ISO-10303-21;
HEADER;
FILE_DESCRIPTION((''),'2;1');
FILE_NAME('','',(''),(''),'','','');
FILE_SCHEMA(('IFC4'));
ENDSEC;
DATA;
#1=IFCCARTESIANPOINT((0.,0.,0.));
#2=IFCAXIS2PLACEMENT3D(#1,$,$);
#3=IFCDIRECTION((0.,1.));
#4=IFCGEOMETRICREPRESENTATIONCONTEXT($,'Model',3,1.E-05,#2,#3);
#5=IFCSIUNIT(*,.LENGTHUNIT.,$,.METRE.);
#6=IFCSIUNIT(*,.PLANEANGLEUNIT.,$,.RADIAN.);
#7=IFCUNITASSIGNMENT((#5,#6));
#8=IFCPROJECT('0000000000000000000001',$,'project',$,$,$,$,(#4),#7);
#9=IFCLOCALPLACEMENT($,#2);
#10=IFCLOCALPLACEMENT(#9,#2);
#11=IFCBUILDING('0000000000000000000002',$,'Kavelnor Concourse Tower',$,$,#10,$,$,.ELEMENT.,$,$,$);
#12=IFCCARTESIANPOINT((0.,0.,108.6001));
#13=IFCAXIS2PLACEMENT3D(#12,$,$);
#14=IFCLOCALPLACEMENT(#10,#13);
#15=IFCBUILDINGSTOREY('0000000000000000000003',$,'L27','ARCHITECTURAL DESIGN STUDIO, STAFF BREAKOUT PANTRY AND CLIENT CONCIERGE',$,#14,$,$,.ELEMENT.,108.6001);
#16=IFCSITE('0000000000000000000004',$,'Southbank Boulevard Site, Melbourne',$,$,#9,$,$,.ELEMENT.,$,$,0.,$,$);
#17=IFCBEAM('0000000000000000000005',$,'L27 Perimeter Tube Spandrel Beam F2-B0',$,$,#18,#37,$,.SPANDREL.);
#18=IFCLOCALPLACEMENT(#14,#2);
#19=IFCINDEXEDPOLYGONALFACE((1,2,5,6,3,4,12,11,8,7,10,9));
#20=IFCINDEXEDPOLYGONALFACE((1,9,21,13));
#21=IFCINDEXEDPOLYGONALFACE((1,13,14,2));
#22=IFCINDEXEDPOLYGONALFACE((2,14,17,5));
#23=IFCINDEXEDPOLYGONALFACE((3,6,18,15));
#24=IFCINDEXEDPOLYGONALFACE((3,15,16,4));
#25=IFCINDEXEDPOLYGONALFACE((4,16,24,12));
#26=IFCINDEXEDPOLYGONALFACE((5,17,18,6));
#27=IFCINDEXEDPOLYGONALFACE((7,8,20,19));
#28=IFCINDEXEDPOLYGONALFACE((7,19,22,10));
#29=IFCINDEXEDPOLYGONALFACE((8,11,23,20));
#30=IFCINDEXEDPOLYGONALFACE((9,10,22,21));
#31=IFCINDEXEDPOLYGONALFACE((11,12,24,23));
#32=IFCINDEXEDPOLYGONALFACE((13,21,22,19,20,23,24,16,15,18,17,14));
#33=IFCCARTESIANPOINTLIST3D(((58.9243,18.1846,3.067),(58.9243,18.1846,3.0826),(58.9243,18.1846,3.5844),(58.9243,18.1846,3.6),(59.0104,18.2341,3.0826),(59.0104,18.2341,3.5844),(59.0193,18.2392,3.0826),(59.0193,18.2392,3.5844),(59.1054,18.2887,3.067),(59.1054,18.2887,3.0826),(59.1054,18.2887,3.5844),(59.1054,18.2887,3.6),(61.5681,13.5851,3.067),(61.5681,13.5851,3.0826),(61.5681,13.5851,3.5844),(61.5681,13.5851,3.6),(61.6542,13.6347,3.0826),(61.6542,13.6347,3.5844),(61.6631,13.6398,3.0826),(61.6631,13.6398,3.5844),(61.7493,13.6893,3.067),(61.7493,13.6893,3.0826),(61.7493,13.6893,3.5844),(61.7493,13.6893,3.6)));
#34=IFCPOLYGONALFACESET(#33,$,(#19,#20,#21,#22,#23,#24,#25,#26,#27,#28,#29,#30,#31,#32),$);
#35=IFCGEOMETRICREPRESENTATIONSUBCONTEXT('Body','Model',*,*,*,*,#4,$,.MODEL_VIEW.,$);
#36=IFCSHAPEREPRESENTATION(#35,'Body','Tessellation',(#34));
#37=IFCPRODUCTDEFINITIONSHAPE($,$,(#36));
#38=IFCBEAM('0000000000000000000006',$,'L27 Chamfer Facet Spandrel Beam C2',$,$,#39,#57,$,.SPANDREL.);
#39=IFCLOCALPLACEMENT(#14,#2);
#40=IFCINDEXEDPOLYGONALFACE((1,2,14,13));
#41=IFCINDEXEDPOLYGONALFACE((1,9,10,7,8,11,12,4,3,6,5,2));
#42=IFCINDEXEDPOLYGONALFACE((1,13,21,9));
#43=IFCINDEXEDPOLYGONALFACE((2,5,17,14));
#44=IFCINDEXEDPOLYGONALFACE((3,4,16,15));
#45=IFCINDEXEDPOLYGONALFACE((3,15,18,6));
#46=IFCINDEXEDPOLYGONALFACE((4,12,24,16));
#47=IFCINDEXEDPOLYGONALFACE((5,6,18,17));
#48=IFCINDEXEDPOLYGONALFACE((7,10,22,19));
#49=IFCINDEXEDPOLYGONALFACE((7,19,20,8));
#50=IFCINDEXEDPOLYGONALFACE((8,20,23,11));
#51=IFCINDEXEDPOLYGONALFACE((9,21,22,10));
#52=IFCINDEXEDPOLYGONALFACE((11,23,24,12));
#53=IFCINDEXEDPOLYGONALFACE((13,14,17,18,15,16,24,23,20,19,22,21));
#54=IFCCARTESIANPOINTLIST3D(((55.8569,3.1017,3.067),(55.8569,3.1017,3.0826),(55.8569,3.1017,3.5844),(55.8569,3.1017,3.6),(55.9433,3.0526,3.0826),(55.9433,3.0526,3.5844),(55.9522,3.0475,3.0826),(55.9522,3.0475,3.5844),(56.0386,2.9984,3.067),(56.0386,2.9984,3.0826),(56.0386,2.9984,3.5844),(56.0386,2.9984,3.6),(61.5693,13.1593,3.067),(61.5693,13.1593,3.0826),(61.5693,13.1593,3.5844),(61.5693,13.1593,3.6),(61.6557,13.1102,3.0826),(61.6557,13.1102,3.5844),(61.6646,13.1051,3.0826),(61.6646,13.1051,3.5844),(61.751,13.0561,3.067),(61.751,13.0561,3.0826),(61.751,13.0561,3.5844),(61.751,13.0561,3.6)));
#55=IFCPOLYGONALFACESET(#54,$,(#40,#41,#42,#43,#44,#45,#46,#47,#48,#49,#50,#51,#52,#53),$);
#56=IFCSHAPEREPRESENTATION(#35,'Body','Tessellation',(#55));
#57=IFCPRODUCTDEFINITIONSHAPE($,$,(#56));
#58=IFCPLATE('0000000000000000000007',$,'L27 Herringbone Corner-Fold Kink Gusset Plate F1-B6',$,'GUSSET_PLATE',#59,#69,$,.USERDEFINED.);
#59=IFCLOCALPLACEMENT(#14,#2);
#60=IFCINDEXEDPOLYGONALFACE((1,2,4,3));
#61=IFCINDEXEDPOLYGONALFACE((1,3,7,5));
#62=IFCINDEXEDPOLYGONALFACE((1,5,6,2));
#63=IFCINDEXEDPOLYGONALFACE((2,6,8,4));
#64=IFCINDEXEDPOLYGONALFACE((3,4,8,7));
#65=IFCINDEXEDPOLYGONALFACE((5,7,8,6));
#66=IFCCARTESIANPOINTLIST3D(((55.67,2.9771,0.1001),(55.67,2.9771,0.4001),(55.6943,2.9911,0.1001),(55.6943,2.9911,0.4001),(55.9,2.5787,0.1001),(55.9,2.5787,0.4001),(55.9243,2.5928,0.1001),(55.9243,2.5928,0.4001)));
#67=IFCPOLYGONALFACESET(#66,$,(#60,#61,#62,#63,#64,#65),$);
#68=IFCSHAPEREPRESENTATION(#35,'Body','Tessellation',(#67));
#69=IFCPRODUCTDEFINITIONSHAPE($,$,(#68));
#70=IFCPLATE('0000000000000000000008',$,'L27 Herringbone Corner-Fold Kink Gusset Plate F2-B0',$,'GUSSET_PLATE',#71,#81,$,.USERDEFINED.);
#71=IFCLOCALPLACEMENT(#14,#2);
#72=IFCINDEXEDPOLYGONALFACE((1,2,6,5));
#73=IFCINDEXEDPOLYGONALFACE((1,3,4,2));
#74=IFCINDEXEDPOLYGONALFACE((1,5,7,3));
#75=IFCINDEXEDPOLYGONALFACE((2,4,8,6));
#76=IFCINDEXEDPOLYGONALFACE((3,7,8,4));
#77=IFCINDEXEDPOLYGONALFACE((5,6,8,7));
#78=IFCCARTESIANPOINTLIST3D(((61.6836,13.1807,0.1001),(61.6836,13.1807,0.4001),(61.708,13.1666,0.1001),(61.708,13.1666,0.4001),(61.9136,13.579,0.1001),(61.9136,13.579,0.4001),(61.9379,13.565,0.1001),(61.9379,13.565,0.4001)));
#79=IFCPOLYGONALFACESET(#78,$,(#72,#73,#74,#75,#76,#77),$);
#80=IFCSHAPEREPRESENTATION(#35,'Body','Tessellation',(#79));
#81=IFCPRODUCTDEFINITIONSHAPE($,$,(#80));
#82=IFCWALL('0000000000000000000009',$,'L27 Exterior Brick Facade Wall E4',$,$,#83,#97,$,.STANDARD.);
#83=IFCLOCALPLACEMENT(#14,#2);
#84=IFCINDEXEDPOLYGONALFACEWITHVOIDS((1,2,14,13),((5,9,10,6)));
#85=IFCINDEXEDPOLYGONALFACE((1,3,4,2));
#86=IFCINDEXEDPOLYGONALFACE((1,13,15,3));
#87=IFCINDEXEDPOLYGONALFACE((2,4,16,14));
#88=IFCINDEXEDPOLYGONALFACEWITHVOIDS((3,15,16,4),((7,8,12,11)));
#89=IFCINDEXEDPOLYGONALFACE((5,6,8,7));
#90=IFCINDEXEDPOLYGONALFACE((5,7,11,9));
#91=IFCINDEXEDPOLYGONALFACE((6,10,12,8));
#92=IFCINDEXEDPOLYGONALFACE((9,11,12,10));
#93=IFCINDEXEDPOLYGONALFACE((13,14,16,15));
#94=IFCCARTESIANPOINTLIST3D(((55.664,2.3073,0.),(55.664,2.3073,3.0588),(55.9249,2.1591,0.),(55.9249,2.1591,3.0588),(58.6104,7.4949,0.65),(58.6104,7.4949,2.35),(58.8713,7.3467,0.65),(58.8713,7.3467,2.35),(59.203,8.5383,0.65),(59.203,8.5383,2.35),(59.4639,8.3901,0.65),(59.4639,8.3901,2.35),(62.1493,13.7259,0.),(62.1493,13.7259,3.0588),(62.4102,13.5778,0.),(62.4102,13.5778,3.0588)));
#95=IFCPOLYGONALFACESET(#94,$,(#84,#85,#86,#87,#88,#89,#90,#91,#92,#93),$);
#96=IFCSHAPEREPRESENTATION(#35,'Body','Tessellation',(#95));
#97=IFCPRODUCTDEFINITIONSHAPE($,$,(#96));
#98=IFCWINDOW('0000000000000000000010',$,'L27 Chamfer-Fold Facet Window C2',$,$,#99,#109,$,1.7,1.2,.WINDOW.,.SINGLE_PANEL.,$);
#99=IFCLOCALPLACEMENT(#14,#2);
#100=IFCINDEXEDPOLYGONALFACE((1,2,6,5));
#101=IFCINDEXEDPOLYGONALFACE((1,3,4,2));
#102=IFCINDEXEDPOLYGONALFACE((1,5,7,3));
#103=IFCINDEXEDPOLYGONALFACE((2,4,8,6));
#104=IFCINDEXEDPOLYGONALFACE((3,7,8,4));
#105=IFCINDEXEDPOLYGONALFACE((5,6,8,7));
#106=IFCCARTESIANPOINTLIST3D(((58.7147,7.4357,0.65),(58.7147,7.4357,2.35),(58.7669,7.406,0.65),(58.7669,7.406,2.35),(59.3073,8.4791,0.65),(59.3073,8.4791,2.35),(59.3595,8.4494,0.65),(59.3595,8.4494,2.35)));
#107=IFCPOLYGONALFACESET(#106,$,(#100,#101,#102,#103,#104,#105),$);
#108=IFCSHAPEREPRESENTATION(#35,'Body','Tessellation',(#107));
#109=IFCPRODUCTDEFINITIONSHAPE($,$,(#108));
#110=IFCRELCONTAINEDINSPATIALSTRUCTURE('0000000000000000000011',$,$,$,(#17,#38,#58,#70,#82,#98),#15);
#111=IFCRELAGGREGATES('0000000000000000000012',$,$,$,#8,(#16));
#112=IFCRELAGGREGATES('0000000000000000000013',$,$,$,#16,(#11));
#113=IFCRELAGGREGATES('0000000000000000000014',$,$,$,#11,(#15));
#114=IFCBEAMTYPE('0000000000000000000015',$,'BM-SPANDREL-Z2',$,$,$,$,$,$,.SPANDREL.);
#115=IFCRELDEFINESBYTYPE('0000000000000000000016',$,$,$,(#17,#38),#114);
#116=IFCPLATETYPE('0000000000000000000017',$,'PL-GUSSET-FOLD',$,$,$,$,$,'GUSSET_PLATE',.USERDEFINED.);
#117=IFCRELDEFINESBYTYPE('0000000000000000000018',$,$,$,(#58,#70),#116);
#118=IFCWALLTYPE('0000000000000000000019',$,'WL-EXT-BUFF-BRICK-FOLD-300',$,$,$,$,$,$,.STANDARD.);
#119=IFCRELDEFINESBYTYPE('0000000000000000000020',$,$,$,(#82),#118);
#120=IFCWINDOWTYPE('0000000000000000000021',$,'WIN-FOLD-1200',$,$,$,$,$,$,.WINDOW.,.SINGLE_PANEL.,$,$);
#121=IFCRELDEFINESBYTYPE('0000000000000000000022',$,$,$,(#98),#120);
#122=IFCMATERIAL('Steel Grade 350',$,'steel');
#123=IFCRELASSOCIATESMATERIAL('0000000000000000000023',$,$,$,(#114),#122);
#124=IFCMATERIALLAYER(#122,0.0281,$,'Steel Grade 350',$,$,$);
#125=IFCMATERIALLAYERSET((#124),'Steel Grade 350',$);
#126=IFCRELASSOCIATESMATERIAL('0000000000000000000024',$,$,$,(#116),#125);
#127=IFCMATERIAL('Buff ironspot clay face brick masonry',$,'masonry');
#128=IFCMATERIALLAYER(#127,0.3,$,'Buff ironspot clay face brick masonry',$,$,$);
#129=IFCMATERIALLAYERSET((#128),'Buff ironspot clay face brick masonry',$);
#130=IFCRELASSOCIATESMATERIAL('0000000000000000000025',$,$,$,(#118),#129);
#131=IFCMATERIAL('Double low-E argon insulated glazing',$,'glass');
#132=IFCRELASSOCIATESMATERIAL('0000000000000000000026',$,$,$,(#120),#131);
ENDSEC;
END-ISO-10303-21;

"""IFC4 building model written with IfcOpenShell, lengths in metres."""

from ifc_helpers import new_model, si_unit, direction, frame, frame_2d, origin, origin_2d, place, context, subcontext, project, spatial, rectangle, i_section, extrude, material, layer, layer_set, material_profile, profile_set, type_object, element, fill, save


model = new_model("IFC4")

# Units and contexts
model_context = context("Model", 3, precision=1e-05, world=origin(), true_north=direction((0.0, 1.0)))
body_context = subcontext(model_context, "Body", "Model", "MODEL_VIEW")
ifc_project = project(units=[si_unit("LENGTHUNIT", "METRE"), si_unit("PLANEANGLEUNIT", "RADIAN")], contexts=[model_context])

# Site, building, storey
site_placement = place(None, origin())
site = spatial("IfcSite", under=ifc_project, at=site_placement, Name="Southbank Boulevard Site, Melbourne", CompositionType="ELEMENT", RefElevation=0.0)
building_placement = place(site_placement, origin())
building = spatial("IfcBuilding", under=site, at=building_placement, Name="Kavelnor Concourse Tower", CompositionType="ELEMENT")
storey_placement = place(building_placement, frame((0.0, 0.0, 108.6001)))
storey = spatial("IfcBuildingStorey", under=building, at=storey_placement, Name="L27", Description="ARCHITECTURAL DESIGN STUDIO, STAFF BREAKOUT PANTRY AND CLIENT CONCIERGE", CompositionType="ELEMENT", Elevation=108.6001)

# Shared definitions
ifc_material_1 = material(Name="Steel Grade 350", Category="steel")

# Beams
ifc_material_profile_1 = material_profile(ifc_material_1, i_section(OverallWidth=0.209, OverallDepth=0.533, WebThickness=0.0103, FlangeThickness=0.0156, at=origin_2d()), Name="530UB92")
ifc_profile_set_1 = profile_set([ifc_material_profile_1], Name="Steel Grade 350")
beam_type_1 = type_object("IfcBeamType", Name="BM-SPANDREL-Z2", PredefinedType="SPANDREL", material=ifc_profile_set_1)
beam_1_placement = place(storey_placement, frame((61.6587, 13.6372, 3.3335), z_axis=(-0.498353, 0.866974, 0.0), x_axis=(-0.866974, -0.498353, 0.0)))
element("IfcBeam", 1, at=beam_1_placement, inside=storey, type_object=beam_type_1, Name="L27 Perimeter Tube Spandrel Beam F2-B0", PredefinedType="SPANDREL", context=body_context, shape_type="SweptSolid", body=[
    extrude(i_section(OverallWidth=0.209, OverallDepth=0.533, WebThickness=0.0103, FlangeThickness=0.0156, at=origin_2d()), origin(), (0.0, 0.0, 1.0), 5.3052),
])
beam_2_placement = place(storey_placement, frame((55.9478, 3.05, 3.3335), z_axis=(0.493869, 0.869536, 0.0), x_axis=(-0.869536, 0.493869, 0.0)))
element("IfcBeam", 2, at=beam_2_placement, inside=storey, type_object=beam_type_1, Name="L27 Chamfer Facet Spandrel Beam C2", PredefinedType="SPANDREL", context=body_context, shape_type="SweptSolid", body=[
    extrude(i_section(OverallWidth=0.209, OverallDepth=0.533, WebThickness=0.0103, FlangeThickness=0.0156, at=origin_2d()), origin(), (0.0, 0.0, 1.0), 11.5667),
])

# Plates
ifc_layer_1 = layer(ifc_material_1, 0.0281, Name="Steel Grade 350")
ifc_layer_set_1 = layer_set([ifc_layer_1], Name="Steel Grade 350")
plate_type = type_object("IfcPlateType", Name="PL-GUSSET-FOLD", ElementType="GUSSET_PLATE", PredefinedType="USERDEFINED", material=ifc_layer_set_1)
for number, where, z_axis, x_axis, name in (
    (3, (55.7971, 2.7849, 0.1001), (0.0, 0.0, 1.0), (-0.5, 0.866025, 0.0), "L27 Herringbone Corner-Fold Kink Gusset Plate F1-B6"),
    (4, (61.8108, 13.3728, 0.1001), (0.0, 0.0, 1.0), (-0.5, -0.866025, 0.0), "L27 Herringbone Corner-Fold Kink Gusset Plate F2-B0"),
):
    element("IfcPlate", number, at=place(storey_placement, frame(where, z_axis=z_axis, x_axis=x_axis)), inside=storey, type_object=plate_type, Name=name, ObjectType="GUSSET_PLATE", PredefinedType="USERDEFINED", context=body_context, shape_type="SweptSolid", body=[
        extrude(rectangle(XDim=0.46, YDim=0.0281, at=origin_2d()), origin(), (0.0, 0.0, 1.0), 0.3),
    ])

# Wall, opening, window
ifc_material_2 = material(Name="Buff ironspot clay face brick masonry", Category="masonry")
ifc_layer_2 = layer(ifc_material_2, 0.3, Name="Buff ironspot clay face brick masonry")
ifc_layer_set_2 = layer_set([ifc_layer_2], Name="Buff ironspot clay face brick masonry")
wall_type_1 = type_object("IfcWallType", Name="WL-EXT-BUFF-BRICK-FOLD-300", PredefinedType="STANDARD", material=ifc_layer_set_2)
wall_1_placement = place(storey_placement, frame((62.2798, 13.6519, 0.0), z_axis=(0.0, 0.0, 1.0), x_axis=(-0.493863, -0.86954, 0.0)))
wall_1 = element("IfcWall", 5, at=wall_1_placement, inside=storey, type_object=wall_type_1, Name="L27 Exterior Brick Facade Wall E4", PredefinedType="STANDARD", context=body_context, shape_type="SweptSolid", body=[
    extrude(rectangle(XDim=13.1318, YDim=0.3, at=frame_2d((6.5659, 0.0))), origin(), (0.0, 0.0, 1.0), 3.0588),
])
opening_1_placement = place(wall_1_placement, frame((5.9658, 0.0, 0.6499)))
opening_1 = element("IfcOpeningElement", 6, at=opening_1_placement, cuts=wall_1, PredefinedType="OPENING", context=body_context, shape_type="SweptSolid", body=[
    extrude(rectangle(XDim=1.2, YDim=1.7, at=frame_2d((0.6001, 0.8501))), frame((0.0, 0.1602, 0.0), z_axis=(0.0, -1.0, 0.0), x_axis=(1.0, 0.0, 0.0)), (0.0, 0.0, 1.0), 0.3201),
])
ifc_material_3 = material(Name="Double low-E argon insulated glazing", Category="glass")
window_type_1 = type_object("IfcWindowType", Name="WIN-FOLD-1200", PartitioningType="SINGLE_PANEL", PredefinedType="WINDOW", material=ifc_material_3)
window_1_placement = place(opening_1_placement, origin())
window_1 = element("IfcWindow", 7, at=window_1_placement, inside=storey, type_object=window_type_1, Name="L27 Chamfer-Fold Facet Window C2", OverallHeight=1.7, OverallWidth=1.2, PartitioningType="SINGLE_PANEL", PredefinedType="WINDOW", context=body_context, shape_type="SweptSolid", body=[
    extrude(rectangle(XDim=1.2, YDim=1.7, at=frame_2d((0.6001, 0.8501))), frame((0.0, 0.03, 0.0), z_axis=(0.0, -1.0, 0.0), x_axis=(1.0, 0.0, 0.0)), (0.0, 0.0, 1.0), 0.0601),
])
fill(opening_1, window_1)

save(model, "model.ifc")
